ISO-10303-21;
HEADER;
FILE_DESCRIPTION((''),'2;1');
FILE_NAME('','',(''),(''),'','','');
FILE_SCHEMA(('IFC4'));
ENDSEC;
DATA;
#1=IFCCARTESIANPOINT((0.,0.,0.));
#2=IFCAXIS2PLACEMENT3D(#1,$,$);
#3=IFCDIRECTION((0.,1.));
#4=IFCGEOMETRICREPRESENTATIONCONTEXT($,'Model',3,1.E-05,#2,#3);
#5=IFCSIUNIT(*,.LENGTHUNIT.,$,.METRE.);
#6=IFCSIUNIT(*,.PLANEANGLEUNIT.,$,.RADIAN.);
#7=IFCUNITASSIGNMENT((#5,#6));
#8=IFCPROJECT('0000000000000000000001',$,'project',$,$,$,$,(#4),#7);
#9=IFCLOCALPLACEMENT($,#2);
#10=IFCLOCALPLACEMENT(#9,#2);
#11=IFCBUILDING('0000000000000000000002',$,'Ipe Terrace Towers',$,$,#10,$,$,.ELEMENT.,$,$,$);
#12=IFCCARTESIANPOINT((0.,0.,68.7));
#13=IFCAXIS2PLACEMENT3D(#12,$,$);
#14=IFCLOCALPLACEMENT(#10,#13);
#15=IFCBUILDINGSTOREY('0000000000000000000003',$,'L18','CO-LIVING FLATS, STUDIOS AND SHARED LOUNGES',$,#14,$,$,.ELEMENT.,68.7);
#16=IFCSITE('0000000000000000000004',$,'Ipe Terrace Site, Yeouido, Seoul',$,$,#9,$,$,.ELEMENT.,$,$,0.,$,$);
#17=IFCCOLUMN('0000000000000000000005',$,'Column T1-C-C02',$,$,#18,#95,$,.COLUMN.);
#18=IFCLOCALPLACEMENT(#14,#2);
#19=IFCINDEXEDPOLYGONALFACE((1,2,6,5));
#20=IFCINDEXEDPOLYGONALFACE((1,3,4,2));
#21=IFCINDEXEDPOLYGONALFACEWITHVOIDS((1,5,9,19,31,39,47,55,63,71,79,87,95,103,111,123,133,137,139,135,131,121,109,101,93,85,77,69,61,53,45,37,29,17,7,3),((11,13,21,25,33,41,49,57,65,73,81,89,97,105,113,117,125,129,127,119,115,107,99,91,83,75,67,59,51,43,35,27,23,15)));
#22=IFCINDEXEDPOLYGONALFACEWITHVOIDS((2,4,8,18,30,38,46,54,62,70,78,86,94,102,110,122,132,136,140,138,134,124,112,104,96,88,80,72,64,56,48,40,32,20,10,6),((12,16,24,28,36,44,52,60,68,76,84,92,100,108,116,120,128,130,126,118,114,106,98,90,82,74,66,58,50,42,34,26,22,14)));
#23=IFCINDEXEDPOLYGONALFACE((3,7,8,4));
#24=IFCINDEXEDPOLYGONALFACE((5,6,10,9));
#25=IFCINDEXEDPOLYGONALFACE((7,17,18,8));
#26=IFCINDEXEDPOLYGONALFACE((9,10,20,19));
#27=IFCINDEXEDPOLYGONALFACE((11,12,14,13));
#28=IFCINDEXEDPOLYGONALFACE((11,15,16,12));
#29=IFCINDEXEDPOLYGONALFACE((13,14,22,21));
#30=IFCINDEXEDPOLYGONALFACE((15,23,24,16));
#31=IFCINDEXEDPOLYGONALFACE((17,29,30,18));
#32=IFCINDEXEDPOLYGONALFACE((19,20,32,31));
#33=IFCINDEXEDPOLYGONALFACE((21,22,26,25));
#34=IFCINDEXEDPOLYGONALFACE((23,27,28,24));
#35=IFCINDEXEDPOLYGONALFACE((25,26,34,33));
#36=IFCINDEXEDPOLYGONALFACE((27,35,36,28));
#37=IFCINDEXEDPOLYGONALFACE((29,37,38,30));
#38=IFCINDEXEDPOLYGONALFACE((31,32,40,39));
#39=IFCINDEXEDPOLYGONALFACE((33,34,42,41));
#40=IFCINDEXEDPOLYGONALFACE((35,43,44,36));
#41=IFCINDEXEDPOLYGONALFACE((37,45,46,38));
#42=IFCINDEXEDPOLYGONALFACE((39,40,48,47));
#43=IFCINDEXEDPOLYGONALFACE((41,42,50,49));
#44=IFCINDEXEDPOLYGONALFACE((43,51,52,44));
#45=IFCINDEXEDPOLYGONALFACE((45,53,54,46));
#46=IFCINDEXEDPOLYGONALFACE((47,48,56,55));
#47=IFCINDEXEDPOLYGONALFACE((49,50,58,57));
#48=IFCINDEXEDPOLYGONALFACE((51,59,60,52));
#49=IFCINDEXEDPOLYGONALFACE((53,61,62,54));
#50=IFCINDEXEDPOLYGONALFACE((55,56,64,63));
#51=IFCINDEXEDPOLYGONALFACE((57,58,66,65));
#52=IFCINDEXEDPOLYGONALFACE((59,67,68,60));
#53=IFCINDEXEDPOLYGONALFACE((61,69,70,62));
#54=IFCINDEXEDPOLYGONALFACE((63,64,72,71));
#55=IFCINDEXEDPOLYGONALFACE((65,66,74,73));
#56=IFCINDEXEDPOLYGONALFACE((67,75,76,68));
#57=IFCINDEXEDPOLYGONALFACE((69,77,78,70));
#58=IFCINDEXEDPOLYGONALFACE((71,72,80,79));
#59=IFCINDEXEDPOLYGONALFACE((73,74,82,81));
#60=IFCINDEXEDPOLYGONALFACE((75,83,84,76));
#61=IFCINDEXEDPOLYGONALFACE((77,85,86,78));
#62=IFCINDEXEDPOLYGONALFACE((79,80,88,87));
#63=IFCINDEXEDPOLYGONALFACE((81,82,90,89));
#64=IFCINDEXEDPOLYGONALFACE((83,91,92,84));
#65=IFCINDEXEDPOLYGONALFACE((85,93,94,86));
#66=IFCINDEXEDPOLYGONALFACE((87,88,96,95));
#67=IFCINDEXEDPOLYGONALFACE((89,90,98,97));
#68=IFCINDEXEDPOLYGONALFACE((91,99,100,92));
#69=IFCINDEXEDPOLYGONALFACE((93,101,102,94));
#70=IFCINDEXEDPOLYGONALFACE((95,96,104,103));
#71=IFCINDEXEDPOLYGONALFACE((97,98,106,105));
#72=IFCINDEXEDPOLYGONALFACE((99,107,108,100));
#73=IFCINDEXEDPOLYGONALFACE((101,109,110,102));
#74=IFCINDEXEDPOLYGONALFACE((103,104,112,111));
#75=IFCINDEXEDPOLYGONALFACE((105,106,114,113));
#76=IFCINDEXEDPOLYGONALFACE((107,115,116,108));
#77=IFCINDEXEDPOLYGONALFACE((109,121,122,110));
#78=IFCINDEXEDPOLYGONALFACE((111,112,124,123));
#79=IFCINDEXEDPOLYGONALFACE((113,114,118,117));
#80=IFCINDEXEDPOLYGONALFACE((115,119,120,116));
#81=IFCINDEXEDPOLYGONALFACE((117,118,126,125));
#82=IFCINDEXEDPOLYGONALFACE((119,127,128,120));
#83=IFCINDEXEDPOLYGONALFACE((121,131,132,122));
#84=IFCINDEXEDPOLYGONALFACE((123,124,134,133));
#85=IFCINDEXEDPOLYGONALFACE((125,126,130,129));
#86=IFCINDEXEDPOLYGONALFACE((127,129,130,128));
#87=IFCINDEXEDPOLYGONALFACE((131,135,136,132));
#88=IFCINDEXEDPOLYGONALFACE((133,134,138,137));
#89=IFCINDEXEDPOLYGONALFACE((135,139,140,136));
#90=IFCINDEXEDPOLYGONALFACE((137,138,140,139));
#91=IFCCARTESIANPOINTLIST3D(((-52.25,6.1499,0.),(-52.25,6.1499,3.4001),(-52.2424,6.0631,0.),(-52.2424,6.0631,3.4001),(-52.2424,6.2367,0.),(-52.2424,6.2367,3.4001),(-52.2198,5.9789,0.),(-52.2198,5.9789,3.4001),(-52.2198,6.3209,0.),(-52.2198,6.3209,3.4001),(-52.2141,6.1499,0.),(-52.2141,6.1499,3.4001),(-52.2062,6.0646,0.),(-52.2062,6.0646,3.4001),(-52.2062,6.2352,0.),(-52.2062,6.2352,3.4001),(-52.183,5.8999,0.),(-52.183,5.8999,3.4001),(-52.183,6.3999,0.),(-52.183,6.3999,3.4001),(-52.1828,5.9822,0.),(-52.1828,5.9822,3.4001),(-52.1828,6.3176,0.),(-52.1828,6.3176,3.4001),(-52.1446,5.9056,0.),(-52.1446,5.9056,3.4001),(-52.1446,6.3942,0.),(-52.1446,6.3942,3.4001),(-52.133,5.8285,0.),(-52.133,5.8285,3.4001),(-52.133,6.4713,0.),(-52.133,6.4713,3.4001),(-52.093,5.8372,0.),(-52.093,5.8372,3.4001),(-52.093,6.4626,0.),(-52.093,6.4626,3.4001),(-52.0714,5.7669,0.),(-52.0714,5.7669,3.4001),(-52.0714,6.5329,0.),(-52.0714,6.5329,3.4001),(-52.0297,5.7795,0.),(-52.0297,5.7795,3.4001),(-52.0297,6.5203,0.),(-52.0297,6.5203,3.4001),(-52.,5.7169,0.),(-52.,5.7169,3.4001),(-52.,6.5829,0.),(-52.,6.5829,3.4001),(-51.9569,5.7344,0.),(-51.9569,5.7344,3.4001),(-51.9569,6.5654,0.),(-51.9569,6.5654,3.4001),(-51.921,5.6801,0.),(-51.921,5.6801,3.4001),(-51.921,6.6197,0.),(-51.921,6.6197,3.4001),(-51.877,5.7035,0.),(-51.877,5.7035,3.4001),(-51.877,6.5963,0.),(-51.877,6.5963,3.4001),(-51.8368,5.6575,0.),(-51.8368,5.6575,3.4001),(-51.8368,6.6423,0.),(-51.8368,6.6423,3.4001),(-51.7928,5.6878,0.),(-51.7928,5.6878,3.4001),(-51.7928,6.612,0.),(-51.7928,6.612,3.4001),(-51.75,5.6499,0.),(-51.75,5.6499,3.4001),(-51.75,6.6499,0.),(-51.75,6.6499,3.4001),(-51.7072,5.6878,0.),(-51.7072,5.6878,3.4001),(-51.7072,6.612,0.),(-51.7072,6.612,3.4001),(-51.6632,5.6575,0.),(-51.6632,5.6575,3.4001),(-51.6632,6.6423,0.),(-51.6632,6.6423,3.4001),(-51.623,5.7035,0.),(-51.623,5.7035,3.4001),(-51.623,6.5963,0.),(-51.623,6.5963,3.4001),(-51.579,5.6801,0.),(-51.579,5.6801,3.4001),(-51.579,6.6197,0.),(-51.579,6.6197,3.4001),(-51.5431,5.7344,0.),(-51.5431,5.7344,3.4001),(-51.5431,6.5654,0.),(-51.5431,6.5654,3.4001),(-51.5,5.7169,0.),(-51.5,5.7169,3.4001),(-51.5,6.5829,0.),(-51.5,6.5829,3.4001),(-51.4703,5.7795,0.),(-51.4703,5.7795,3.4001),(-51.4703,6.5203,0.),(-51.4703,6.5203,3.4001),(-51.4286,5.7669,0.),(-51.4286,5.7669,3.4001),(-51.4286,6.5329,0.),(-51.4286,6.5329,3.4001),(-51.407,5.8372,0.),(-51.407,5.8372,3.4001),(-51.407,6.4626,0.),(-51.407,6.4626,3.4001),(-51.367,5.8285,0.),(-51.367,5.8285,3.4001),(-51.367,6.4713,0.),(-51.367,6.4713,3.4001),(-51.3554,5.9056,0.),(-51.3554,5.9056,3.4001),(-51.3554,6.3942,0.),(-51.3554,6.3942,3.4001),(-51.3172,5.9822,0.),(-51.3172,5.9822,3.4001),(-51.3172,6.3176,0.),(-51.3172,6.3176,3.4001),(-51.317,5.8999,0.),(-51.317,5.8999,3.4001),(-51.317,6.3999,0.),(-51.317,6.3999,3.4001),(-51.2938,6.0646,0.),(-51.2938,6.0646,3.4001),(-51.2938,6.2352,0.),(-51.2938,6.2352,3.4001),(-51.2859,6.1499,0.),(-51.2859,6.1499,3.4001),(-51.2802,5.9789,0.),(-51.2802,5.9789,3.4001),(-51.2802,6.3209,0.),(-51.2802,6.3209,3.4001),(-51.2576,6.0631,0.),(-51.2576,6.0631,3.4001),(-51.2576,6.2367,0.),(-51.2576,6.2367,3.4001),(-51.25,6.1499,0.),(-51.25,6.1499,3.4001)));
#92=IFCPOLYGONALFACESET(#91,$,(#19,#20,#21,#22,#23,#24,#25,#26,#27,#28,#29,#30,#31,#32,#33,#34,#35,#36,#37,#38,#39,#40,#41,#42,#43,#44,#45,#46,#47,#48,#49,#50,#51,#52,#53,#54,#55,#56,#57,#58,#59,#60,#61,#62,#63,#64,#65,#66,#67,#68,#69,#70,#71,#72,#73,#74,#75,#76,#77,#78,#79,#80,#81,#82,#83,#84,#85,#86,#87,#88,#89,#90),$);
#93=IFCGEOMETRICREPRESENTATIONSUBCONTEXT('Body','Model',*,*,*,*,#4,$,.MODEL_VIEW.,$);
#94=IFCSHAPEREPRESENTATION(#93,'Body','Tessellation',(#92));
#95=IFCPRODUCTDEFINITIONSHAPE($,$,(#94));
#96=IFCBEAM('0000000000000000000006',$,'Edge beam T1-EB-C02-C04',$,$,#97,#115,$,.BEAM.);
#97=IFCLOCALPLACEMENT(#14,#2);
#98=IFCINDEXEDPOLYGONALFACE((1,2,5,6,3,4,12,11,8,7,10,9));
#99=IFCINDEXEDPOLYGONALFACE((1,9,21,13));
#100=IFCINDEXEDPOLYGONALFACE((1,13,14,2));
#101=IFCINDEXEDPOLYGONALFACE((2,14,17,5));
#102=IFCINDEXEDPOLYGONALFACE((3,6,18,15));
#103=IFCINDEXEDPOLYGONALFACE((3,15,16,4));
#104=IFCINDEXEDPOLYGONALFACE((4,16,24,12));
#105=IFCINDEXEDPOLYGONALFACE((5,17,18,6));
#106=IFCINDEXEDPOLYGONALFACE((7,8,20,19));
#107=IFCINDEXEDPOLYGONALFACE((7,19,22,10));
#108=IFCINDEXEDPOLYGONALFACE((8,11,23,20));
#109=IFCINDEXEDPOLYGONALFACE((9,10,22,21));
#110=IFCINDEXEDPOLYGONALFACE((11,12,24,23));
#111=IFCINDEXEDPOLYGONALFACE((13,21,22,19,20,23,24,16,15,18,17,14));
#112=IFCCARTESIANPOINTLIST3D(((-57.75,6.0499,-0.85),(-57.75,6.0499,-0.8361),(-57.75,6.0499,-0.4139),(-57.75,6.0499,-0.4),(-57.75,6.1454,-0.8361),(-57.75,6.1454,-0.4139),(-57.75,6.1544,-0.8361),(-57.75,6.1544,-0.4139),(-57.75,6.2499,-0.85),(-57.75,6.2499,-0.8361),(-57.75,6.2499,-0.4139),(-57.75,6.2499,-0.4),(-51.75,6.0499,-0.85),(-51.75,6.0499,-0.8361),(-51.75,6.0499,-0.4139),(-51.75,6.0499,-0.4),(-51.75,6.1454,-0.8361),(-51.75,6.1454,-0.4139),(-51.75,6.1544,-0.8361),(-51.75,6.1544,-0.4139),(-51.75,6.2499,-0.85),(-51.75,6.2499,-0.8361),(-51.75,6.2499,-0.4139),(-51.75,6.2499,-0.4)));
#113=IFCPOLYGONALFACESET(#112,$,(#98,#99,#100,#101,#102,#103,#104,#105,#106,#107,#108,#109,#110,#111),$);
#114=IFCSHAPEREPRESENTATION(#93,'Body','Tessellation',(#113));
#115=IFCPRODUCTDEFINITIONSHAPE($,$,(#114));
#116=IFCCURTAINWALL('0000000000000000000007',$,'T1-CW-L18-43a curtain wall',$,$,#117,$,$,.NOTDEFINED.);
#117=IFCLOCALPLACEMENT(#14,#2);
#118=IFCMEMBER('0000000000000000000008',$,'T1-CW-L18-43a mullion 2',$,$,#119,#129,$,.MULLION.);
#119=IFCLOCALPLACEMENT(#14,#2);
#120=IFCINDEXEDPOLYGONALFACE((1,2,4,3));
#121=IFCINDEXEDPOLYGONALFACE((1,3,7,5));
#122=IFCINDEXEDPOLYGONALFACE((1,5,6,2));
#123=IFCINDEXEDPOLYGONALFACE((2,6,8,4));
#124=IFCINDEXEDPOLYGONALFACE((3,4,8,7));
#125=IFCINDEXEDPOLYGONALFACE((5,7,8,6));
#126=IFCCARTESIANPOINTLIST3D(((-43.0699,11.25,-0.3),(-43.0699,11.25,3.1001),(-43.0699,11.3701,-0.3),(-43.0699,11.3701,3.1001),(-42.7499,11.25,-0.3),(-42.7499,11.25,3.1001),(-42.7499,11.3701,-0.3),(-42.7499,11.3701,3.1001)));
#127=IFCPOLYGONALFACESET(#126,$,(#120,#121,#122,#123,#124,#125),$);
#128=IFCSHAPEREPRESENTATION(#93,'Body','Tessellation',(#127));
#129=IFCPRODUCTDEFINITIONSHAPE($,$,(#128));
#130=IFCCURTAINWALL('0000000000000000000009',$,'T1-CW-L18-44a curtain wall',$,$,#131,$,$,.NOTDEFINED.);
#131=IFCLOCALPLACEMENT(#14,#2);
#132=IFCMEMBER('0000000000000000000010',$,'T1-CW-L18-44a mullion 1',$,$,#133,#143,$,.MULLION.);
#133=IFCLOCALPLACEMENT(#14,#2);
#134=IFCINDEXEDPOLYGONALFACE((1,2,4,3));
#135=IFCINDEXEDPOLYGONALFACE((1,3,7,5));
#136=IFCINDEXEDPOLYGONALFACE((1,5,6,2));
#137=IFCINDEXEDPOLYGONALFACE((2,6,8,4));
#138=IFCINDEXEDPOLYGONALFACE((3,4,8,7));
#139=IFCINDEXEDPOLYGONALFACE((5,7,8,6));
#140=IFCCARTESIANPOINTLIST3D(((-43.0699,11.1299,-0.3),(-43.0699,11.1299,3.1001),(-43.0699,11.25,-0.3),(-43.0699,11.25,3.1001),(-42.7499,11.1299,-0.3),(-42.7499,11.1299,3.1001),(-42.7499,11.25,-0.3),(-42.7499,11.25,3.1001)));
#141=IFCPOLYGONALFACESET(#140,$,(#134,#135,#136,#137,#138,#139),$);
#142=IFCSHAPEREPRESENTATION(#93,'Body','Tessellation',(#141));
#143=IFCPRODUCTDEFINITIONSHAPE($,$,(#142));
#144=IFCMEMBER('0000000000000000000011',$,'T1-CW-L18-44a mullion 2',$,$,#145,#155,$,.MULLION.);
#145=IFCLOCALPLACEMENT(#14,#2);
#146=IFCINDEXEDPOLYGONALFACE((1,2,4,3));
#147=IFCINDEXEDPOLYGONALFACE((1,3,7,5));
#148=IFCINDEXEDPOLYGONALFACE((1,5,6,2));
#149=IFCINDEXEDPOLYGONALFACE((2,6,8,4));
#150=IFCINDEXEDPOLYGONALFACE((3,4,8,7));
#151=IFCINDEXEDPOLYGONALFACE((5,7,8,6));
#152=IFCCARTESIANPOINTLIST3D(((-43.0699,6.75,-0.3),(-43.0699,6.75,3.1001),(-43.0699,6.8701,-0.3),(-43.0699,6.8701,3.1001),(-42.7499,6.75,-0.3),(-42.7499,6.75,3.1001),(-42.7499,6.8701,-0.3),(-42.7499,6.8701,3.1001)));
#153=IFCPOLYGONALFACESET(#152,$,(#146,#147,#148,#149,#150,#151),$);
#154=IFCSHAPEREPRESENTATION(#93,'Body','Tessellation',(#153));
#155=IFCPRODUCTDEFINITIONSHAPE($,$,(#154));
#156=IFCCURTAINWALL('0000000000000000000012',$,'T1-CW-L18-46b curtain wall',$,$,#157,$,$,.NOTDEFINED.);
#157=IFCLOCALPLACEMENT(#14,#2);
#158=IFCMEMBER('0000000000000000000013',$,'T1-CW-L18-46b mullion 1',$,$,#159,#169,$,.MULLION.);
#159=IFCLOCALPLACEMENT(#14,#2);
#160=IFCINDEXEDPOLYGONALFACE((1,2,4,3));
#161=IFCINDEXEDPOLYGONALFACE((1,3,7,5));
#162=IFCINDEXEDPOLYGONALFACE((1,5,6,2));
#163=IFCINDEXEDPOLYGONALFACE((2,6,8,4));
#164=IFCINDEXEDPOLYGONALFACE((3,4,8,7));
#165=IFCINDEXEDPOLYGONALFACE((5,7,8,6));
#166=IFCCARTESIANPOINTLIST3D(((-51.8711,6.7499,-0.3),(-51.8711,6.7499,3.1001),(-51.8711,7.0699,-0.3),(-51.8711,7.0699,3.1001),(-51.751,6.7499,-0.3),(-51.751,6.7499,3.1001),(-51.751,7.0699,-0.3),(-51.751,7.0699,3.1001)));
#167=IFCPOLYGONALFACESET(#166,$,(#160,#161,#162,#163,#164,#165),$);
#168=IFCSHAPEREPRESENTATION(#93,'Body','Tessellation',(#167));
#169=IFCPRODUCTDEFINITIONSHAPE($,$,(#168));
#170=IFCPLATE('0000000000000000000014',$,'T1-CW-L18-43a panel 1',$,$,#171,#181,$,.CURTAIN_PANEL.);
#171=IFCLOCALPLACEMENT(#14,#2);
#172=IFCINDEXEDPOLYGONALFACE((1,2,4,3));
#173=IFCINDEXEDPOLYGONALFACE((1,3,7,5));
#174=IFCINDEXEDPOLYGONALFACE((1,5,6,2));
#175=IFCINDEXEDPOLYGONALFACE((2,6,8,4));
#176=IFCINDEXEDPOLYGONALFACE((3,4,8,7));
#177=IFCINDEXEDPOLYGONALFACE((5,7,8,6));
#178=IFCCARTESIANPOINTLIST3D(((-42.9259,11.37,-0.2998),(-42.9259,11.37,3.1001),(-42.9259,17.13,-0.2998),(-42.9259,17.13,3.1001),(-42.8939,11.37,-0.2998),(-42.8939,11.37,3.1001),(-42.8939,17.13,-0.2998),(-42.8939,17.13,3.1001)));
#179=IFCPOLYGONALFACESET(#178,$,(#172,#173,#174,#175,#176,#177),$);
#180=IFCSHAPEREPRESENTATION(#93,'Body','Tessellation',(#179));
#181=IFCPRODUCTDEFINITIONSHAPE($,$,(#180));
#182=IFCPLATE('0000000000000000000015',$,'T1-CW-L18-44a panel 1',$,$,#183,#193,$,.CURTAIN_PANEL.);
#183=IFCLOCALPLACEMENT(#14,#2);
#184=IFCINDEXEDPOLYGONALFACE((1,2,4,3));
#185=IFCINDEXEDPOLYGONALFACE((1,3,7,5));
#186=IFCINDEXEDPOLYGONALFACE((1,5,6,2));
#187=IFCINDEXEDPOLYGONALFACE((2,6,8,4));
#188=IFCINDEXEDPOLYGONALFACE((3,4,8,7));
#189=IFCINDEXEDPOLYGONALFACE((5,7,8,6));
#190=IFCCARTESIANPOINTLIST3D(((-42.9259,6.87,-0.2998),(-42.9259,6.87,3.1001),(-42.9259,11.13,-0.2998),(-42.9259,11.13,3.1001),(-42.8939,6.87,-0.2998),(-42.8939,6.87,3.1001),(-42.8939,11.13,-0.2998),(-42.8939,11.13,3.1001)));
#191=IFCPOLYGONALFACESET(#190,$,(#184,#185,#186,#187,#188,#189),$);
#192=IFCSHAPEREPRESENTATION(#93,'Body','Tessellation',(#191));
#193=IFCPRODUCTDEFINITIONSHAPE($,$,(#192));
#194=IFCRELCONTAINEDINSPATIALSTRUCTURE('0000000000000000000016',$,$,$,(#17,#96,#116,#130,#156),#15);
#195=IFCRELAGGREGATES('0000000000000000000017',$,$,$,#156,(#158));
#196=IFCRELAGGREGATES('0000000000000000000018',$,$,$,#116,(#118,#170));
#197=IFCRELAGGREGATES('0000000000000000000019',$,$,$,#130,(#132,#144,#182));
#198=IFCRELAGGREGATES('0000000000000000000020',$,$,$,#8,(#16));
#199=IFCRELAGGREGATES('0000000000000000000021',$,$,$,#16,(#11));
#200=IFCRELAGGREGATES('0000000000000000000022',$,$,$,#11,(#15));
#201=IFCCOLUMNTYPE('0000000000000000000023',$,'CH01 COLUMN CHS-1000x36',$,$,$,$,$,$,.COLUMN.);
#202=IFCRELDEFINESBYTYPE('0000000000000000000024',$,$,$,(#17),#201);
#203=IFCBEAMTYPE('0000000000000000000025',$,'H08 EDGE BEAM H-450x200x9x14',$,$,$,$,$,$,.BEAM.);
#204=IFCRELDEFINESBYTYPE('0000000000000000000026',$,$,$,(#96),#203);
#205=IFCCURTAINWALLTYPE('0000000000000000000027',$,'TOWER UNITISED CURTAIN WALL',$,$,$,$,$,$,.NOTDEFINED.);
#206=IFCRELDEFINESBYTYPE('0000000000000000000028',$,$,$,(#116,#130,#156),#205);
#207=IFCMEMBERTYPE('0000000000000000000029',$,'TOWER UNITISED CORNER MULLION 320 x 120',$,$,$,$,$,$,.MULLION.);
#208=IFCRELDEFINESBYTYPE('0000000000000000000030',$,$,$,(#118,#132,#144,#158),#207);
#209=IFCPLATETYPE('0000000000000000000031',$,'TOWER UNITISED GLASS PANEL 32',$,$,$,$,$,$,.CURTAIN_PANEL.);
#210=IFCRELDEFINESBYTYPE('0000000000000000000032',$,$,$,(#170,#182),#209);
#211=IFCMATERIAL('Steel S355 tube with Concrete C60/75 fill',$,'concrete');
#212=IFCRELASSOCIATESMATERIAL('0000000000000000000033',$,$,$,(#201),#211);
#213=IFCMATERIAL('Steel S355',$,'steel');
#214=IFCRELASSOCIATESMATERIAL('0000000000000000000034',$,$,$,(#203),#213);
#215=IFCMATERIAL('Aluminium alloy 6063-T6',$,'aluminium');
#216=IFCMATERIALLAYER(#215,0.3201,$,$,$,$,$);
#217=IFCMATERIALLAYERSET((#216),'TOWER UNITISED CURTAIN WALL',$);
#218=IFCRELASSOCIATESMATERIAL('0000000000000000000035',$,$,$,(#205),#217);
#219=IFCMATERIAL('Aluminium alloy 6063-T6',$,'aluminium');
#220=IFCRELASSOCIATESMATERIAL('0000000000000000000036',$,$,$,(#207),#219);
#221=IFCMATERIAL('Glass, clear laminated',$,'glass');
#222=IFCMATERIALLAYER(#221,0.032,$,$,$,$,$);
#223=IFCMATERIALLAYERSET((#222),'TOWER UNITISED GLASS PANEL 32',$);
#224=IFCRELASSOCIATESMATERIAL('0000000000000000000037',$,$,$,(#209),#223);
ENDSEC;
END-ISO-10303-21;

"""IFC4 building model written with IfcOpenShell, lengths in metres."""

from ifc_helpers import new_model, si_unit, direction, frame, origin, origin_2d, place, context, subcontext, project, spatial, rectangle, hollow_circle, i_section, extrude, material, layer, layer_set, material_profile, profile_set, type_object, element, aggregate, save


model = new_model("IFC4")

# Units and contexts
model_context = context("Model", 3, precision=1e-05, world=origin(), true_north=direction((0.0, 1.0)))
body_context = subcontext(model_context, "Body", "Model", "MODEL_VIEW")
ifc_project = project(units=[si_unit("LENGTHUNIT", "METRE"), si_unit("PLANEANGLEUNIT", "RADIAN")], contexts=[model_context])

# Site, building, storey
site_placement = place(None, origin())
site = spatial("IfcSite", under=ifc_project, at=site_placement, Name="Ipe Terrace Site, Yeouido, Seoul", CompositionType="ELEMENT", RefElevation=0.0)
building_placement = place(site_placement, origin())
building = spatial("IfcBuilding", under=site, at=building_placement, Name="Ipe Terrace Towers", CompositionType="ELEMENT")
storey_placement = place(building_placement, frame((0.0, 0.0, 68.7)))
storey = spatial("IfcBuildingStorey", under=building, at=storey_placement, Name="L18", Description="CO-LIVING FLATS, STUDIOS AND SHARED LOUNGES", CompositionType="ELEMENT", Elevation=68.7)

# Column
ifc_material_1 = material(Name="Steel S355 tube with Concrete C60/75 fill", Category="concrete")
ifc_material_profile_1 = material_profile(ifc_material_1, hollow_circle(Radius=0.5, WallThickness=0.0359, at=origin_2d()), Name="CHS-1000x36")
ifc_profile_set_1 = profile_set([ifc_material_profile_1], Name="Steel S355 tube with Concrete C60/75 fill")
column_type = type_object("IfcColumnType", Name="CH01 COLUMN CHS-1000x36", PredefinedType="COLUMN", material=ifc_profile_set_1)
column_placement = place(storey_placement, frame((-51.75, 6.1499, 0.0), z_axis=(0.0, 0.0, 1.0), x_axis=(1.0, 0.0, 0.0)))
element("IfcColumn", 1, at=column_placement, inside=storey, type_object=column_type, Name="Column T1-C-C02", PredefinedType="COLUMN", context=body_context, shape_type="SweptSolid", body=[
    extrude(hollow_circle(Radius=0.5, WallThickness=0.0359, at=origin_2d()), origin(), (0.0, 0.0, 1.0), 3.4001),
])

# Beam
ifc_material_2 = material(Name="Steel S355", Category="steel")
ifc_material_profile_2 = material_profile(ifc_material_2, i_section(OverallWidth=0.2, OverallDepth=0.45, WebThickness=0.009, FlangeThickness=0.0139, at=origin_2d()), Name="H-450x200x9x14")
ifc_profile_set_2 = profile_set([ifc_material_profile_2], Name="Steel S355")
beam_type = type_object("IfcBeamType", Name="H08 EDGE BEAM H-450x200x9x14", PredefinedType="BEAM", material=ifc_profile_set_2)
beam_placement = place(storey_placement, frame((-51.75, 6.1499, -0.625), z_axis=(-1.0, 0.0, 0.0), x_axis=(0.0, -1.0, 0.0)))
element("IfcBeam", 2, at=beam_placement, inside=storey, type_object=beam_type, Name="Edge beam T1-EB-C02-C04", PredefinedType="BEAM", context=body_context, shape_type="SweptSolid", body=[
    extrude(i_section(OverallWidth=0.2, OverallDepth=0.45, WebThickness=0.009, FlangeThickness=0.0139, at=origin_2d()), origin(), (0.0, 0.0, 1.0), 6.0),
])

# Curtain wall, member
ifc_material_3 = material(Name="Aluminium alloy 6063-T6", Category="aluminium")
ifc_layer_1 = layer(ifc_material_3, 0.3201)
ifc_layer_set_1 = layer_set([ifc_layer_1], Name="TOWER UNITISED CURTAIN WALL")
curtain_wall_type = type_object("IfcCurtainWallType", Name="TOWER UNITISED CURTAIN WALL", PredefinedType="NOTDEFINED", material=ifc_layer_set_1)
curtain_wall_1_placement = place(storey_placement, origin())
curtain_wall_1 = element("IfcCurtainWall", 3, at=curtain_wall_1_placement, inside=storey, type_object=curtain_wall_type, Name="T1-CW-L18-43a curtain wall", PredefinedType="NOTDEFINED")
ifc_material_4 = material(Name="Aluminium alloy 6063-T6", Category="aluminium")
ifc_material_profile_3 = material_profile(ifc_material_4, rectangle(XDim=0.3201, YDim=0.1201, at=origin_2d()), Name="TOWER UNITISED CORNER MULLION 320 x 120")
ifc_profile_set_3 = profile_set([ifc_material_profile_3], Name="Aluminium alloy 6063-T6")
member_type = type_object("IfcMemberType", Name="TOWER UNITISED CORNER MULLION 320 x 120", PredefinedType="MULLION", material=ifc_profile_set_3)
member_1_placement = place(storey_placement, frame((-42.9099, 11.3101, -0.3), z_axis=(0.0, 0.0, 1.0), x_axis=(-1.0, 0.0, 0.0)))
member_1 = element("IfcMember", 4, at=member_1_placement, type_object=member_type, Name="T1-CW-L18-43a mullion 2", PredefinedType="MULLION", context=body_context, shape_type="SweptSolid", body=[
    extrude(rectangle(XDim=0.3201, YDim=0.1201, at=origin_2d()), origin(), (0.0, 0.0, 1.0), 3.4001),
])

# Curtain wall, members
curtain_wall_2_placement = place(storey_placement, origin())
curtain_wall_2 = element("IfcCurtainWall", 5, at=curtain_wall_2_placement, inside=storey, type_object=curtain_wall_type, Name="T1-CW-L18-44a curtain wall", PredefinedType="NOTDEFINED")
member_2_placement = place(storey_placement, frame((-42.9099, 11.1899, -0.3), z_axis=(0.0, 0.0, 1.0), x_axis=(-1.0, 0.0, 0.0)))
member_2 = element("IfcMember", 6, at=member_2_placement, type_object=member_type, Name="T1-CW-L18-44a mullion 1", PredefinedType="MULLION", context=body_context, shape_type="SweptSolid", body=[
    extrude(rectangle(XDim=0.3201, YDim=0.1201, at=origin_2d()), origin(), (0.0, 0.0, 1.0), 3.4001),
])
member_3_placement = place(storey_placement, frame((-42.9099, 6.8101, -0.3), z_axis=(0.0, 0.0, 1.0), x_axis=(-1.0, 0.0, 0.0)))
member_3 = element("IfcMember", 7, at=member_3_placement, type_object=member_type, Name="T1-CW-L18-44a mullion 2", PredefinedType="MULLION", context=body_context, shape_type="SweptSolid", body=[
    extrude(rectangle(XDim=0.3201, YDim=0.1201, at=origin_2d()), origin(), (0.0, 0.0, 1.0), 3.4001),
])

# Curtain wall, member
curtain_wall_3_placement = place(storey_placement, origin())
curtain_wall_3 = element("IfcCurtainWall", 8, at=curtain_wall_3_placement, inside=storey, type_object=curtain_wall_type, Name="T1-CW-L18-46b curtain wall", PredefinedType="NOTDEFINED")
member_4_placement = place(storey_placement, frame((-51.811, 6.9099, -0.3), z_axis=(0.0, 0.0, 1.0), x_axis=(0.0, 1.0, 0.0)))
member_4 = element("IfcMember", 9, at=member_4_placement, type_object=member_type, Name="T1-CW-L18-46b mullion 1", PredefinedType="MULLION", context=body_context, shape_type="SweptSolid", body=[
    extrude(rectangle(XDim=0.3201, YDim=0.1201, at=origin_2d()), origin(), (0.0, 0.0, 1.0), 3.4001),
])
aggregate(curtain_wall_3, [member_4])

# Plates
ifc_material_5 = material(Name="Glass, clear laminated", Category="glass")
ifc_layer_2 = layer(ifc_material_5, 0.032)
ifc_layer_set_2 = layer_set([ifc_layer_2], Name="TOWER UNITISED GLASS PANEL 32")
plate_type = type_object("IfcPlateType", Name="TOWER UNITISED GLASS PANEL 32", PredefinedType="CURTAIN_PANEL", material=ifc_layer_set_2)
plate_1_placement = place(storey_placement, frame((-42.9099, 14.25, -0.2998), z_axis=(0.0, 0.0, 1.0), x_axis=(0.0, -1.0, 0.0)))
plate_1 = element("IfcPlate", 10, at=plate_1_placement, type_object=plate_type, Name="T1-CW-L18-43a panel 1", PredefinedType="CURTAIN_PANEL", context=body_context, shape_type="SweptSolid", body=[
    extrude(rectangle(XDim=5.76, YDim=0.032, at=origin_2d()), origin(), (0.0, 0.0, 1.0), 3.3999),
])
aggregate(curtain_wall_1, [member_1, plate_1])
plate_2_placement = place(storey_placement, frame((-42.9099, 9.0, -0.2998), z_axis=(0.0, 0.0, 1.0), x_axis=(0.0, -1.0, 0.0)))
plate_2 = element("IfcPlate", 11, at=plate_2_placement, type_object=plate_type, Name="T1-CW-L18-44a panel 1", PredefinedType="CURTAIN_PANEL", context=body_context, shape_type="SweptSolid", body=[
    extrude(rectangle(XDim=4.26, YDim=0.032, at=origin_2d()), origin(), (0.0, 0.0, 1.0), 3.3999),
])
aggregate(curtain_wall_2, [member_2, member_3, plate_2])

save(model, "model.ifc")
